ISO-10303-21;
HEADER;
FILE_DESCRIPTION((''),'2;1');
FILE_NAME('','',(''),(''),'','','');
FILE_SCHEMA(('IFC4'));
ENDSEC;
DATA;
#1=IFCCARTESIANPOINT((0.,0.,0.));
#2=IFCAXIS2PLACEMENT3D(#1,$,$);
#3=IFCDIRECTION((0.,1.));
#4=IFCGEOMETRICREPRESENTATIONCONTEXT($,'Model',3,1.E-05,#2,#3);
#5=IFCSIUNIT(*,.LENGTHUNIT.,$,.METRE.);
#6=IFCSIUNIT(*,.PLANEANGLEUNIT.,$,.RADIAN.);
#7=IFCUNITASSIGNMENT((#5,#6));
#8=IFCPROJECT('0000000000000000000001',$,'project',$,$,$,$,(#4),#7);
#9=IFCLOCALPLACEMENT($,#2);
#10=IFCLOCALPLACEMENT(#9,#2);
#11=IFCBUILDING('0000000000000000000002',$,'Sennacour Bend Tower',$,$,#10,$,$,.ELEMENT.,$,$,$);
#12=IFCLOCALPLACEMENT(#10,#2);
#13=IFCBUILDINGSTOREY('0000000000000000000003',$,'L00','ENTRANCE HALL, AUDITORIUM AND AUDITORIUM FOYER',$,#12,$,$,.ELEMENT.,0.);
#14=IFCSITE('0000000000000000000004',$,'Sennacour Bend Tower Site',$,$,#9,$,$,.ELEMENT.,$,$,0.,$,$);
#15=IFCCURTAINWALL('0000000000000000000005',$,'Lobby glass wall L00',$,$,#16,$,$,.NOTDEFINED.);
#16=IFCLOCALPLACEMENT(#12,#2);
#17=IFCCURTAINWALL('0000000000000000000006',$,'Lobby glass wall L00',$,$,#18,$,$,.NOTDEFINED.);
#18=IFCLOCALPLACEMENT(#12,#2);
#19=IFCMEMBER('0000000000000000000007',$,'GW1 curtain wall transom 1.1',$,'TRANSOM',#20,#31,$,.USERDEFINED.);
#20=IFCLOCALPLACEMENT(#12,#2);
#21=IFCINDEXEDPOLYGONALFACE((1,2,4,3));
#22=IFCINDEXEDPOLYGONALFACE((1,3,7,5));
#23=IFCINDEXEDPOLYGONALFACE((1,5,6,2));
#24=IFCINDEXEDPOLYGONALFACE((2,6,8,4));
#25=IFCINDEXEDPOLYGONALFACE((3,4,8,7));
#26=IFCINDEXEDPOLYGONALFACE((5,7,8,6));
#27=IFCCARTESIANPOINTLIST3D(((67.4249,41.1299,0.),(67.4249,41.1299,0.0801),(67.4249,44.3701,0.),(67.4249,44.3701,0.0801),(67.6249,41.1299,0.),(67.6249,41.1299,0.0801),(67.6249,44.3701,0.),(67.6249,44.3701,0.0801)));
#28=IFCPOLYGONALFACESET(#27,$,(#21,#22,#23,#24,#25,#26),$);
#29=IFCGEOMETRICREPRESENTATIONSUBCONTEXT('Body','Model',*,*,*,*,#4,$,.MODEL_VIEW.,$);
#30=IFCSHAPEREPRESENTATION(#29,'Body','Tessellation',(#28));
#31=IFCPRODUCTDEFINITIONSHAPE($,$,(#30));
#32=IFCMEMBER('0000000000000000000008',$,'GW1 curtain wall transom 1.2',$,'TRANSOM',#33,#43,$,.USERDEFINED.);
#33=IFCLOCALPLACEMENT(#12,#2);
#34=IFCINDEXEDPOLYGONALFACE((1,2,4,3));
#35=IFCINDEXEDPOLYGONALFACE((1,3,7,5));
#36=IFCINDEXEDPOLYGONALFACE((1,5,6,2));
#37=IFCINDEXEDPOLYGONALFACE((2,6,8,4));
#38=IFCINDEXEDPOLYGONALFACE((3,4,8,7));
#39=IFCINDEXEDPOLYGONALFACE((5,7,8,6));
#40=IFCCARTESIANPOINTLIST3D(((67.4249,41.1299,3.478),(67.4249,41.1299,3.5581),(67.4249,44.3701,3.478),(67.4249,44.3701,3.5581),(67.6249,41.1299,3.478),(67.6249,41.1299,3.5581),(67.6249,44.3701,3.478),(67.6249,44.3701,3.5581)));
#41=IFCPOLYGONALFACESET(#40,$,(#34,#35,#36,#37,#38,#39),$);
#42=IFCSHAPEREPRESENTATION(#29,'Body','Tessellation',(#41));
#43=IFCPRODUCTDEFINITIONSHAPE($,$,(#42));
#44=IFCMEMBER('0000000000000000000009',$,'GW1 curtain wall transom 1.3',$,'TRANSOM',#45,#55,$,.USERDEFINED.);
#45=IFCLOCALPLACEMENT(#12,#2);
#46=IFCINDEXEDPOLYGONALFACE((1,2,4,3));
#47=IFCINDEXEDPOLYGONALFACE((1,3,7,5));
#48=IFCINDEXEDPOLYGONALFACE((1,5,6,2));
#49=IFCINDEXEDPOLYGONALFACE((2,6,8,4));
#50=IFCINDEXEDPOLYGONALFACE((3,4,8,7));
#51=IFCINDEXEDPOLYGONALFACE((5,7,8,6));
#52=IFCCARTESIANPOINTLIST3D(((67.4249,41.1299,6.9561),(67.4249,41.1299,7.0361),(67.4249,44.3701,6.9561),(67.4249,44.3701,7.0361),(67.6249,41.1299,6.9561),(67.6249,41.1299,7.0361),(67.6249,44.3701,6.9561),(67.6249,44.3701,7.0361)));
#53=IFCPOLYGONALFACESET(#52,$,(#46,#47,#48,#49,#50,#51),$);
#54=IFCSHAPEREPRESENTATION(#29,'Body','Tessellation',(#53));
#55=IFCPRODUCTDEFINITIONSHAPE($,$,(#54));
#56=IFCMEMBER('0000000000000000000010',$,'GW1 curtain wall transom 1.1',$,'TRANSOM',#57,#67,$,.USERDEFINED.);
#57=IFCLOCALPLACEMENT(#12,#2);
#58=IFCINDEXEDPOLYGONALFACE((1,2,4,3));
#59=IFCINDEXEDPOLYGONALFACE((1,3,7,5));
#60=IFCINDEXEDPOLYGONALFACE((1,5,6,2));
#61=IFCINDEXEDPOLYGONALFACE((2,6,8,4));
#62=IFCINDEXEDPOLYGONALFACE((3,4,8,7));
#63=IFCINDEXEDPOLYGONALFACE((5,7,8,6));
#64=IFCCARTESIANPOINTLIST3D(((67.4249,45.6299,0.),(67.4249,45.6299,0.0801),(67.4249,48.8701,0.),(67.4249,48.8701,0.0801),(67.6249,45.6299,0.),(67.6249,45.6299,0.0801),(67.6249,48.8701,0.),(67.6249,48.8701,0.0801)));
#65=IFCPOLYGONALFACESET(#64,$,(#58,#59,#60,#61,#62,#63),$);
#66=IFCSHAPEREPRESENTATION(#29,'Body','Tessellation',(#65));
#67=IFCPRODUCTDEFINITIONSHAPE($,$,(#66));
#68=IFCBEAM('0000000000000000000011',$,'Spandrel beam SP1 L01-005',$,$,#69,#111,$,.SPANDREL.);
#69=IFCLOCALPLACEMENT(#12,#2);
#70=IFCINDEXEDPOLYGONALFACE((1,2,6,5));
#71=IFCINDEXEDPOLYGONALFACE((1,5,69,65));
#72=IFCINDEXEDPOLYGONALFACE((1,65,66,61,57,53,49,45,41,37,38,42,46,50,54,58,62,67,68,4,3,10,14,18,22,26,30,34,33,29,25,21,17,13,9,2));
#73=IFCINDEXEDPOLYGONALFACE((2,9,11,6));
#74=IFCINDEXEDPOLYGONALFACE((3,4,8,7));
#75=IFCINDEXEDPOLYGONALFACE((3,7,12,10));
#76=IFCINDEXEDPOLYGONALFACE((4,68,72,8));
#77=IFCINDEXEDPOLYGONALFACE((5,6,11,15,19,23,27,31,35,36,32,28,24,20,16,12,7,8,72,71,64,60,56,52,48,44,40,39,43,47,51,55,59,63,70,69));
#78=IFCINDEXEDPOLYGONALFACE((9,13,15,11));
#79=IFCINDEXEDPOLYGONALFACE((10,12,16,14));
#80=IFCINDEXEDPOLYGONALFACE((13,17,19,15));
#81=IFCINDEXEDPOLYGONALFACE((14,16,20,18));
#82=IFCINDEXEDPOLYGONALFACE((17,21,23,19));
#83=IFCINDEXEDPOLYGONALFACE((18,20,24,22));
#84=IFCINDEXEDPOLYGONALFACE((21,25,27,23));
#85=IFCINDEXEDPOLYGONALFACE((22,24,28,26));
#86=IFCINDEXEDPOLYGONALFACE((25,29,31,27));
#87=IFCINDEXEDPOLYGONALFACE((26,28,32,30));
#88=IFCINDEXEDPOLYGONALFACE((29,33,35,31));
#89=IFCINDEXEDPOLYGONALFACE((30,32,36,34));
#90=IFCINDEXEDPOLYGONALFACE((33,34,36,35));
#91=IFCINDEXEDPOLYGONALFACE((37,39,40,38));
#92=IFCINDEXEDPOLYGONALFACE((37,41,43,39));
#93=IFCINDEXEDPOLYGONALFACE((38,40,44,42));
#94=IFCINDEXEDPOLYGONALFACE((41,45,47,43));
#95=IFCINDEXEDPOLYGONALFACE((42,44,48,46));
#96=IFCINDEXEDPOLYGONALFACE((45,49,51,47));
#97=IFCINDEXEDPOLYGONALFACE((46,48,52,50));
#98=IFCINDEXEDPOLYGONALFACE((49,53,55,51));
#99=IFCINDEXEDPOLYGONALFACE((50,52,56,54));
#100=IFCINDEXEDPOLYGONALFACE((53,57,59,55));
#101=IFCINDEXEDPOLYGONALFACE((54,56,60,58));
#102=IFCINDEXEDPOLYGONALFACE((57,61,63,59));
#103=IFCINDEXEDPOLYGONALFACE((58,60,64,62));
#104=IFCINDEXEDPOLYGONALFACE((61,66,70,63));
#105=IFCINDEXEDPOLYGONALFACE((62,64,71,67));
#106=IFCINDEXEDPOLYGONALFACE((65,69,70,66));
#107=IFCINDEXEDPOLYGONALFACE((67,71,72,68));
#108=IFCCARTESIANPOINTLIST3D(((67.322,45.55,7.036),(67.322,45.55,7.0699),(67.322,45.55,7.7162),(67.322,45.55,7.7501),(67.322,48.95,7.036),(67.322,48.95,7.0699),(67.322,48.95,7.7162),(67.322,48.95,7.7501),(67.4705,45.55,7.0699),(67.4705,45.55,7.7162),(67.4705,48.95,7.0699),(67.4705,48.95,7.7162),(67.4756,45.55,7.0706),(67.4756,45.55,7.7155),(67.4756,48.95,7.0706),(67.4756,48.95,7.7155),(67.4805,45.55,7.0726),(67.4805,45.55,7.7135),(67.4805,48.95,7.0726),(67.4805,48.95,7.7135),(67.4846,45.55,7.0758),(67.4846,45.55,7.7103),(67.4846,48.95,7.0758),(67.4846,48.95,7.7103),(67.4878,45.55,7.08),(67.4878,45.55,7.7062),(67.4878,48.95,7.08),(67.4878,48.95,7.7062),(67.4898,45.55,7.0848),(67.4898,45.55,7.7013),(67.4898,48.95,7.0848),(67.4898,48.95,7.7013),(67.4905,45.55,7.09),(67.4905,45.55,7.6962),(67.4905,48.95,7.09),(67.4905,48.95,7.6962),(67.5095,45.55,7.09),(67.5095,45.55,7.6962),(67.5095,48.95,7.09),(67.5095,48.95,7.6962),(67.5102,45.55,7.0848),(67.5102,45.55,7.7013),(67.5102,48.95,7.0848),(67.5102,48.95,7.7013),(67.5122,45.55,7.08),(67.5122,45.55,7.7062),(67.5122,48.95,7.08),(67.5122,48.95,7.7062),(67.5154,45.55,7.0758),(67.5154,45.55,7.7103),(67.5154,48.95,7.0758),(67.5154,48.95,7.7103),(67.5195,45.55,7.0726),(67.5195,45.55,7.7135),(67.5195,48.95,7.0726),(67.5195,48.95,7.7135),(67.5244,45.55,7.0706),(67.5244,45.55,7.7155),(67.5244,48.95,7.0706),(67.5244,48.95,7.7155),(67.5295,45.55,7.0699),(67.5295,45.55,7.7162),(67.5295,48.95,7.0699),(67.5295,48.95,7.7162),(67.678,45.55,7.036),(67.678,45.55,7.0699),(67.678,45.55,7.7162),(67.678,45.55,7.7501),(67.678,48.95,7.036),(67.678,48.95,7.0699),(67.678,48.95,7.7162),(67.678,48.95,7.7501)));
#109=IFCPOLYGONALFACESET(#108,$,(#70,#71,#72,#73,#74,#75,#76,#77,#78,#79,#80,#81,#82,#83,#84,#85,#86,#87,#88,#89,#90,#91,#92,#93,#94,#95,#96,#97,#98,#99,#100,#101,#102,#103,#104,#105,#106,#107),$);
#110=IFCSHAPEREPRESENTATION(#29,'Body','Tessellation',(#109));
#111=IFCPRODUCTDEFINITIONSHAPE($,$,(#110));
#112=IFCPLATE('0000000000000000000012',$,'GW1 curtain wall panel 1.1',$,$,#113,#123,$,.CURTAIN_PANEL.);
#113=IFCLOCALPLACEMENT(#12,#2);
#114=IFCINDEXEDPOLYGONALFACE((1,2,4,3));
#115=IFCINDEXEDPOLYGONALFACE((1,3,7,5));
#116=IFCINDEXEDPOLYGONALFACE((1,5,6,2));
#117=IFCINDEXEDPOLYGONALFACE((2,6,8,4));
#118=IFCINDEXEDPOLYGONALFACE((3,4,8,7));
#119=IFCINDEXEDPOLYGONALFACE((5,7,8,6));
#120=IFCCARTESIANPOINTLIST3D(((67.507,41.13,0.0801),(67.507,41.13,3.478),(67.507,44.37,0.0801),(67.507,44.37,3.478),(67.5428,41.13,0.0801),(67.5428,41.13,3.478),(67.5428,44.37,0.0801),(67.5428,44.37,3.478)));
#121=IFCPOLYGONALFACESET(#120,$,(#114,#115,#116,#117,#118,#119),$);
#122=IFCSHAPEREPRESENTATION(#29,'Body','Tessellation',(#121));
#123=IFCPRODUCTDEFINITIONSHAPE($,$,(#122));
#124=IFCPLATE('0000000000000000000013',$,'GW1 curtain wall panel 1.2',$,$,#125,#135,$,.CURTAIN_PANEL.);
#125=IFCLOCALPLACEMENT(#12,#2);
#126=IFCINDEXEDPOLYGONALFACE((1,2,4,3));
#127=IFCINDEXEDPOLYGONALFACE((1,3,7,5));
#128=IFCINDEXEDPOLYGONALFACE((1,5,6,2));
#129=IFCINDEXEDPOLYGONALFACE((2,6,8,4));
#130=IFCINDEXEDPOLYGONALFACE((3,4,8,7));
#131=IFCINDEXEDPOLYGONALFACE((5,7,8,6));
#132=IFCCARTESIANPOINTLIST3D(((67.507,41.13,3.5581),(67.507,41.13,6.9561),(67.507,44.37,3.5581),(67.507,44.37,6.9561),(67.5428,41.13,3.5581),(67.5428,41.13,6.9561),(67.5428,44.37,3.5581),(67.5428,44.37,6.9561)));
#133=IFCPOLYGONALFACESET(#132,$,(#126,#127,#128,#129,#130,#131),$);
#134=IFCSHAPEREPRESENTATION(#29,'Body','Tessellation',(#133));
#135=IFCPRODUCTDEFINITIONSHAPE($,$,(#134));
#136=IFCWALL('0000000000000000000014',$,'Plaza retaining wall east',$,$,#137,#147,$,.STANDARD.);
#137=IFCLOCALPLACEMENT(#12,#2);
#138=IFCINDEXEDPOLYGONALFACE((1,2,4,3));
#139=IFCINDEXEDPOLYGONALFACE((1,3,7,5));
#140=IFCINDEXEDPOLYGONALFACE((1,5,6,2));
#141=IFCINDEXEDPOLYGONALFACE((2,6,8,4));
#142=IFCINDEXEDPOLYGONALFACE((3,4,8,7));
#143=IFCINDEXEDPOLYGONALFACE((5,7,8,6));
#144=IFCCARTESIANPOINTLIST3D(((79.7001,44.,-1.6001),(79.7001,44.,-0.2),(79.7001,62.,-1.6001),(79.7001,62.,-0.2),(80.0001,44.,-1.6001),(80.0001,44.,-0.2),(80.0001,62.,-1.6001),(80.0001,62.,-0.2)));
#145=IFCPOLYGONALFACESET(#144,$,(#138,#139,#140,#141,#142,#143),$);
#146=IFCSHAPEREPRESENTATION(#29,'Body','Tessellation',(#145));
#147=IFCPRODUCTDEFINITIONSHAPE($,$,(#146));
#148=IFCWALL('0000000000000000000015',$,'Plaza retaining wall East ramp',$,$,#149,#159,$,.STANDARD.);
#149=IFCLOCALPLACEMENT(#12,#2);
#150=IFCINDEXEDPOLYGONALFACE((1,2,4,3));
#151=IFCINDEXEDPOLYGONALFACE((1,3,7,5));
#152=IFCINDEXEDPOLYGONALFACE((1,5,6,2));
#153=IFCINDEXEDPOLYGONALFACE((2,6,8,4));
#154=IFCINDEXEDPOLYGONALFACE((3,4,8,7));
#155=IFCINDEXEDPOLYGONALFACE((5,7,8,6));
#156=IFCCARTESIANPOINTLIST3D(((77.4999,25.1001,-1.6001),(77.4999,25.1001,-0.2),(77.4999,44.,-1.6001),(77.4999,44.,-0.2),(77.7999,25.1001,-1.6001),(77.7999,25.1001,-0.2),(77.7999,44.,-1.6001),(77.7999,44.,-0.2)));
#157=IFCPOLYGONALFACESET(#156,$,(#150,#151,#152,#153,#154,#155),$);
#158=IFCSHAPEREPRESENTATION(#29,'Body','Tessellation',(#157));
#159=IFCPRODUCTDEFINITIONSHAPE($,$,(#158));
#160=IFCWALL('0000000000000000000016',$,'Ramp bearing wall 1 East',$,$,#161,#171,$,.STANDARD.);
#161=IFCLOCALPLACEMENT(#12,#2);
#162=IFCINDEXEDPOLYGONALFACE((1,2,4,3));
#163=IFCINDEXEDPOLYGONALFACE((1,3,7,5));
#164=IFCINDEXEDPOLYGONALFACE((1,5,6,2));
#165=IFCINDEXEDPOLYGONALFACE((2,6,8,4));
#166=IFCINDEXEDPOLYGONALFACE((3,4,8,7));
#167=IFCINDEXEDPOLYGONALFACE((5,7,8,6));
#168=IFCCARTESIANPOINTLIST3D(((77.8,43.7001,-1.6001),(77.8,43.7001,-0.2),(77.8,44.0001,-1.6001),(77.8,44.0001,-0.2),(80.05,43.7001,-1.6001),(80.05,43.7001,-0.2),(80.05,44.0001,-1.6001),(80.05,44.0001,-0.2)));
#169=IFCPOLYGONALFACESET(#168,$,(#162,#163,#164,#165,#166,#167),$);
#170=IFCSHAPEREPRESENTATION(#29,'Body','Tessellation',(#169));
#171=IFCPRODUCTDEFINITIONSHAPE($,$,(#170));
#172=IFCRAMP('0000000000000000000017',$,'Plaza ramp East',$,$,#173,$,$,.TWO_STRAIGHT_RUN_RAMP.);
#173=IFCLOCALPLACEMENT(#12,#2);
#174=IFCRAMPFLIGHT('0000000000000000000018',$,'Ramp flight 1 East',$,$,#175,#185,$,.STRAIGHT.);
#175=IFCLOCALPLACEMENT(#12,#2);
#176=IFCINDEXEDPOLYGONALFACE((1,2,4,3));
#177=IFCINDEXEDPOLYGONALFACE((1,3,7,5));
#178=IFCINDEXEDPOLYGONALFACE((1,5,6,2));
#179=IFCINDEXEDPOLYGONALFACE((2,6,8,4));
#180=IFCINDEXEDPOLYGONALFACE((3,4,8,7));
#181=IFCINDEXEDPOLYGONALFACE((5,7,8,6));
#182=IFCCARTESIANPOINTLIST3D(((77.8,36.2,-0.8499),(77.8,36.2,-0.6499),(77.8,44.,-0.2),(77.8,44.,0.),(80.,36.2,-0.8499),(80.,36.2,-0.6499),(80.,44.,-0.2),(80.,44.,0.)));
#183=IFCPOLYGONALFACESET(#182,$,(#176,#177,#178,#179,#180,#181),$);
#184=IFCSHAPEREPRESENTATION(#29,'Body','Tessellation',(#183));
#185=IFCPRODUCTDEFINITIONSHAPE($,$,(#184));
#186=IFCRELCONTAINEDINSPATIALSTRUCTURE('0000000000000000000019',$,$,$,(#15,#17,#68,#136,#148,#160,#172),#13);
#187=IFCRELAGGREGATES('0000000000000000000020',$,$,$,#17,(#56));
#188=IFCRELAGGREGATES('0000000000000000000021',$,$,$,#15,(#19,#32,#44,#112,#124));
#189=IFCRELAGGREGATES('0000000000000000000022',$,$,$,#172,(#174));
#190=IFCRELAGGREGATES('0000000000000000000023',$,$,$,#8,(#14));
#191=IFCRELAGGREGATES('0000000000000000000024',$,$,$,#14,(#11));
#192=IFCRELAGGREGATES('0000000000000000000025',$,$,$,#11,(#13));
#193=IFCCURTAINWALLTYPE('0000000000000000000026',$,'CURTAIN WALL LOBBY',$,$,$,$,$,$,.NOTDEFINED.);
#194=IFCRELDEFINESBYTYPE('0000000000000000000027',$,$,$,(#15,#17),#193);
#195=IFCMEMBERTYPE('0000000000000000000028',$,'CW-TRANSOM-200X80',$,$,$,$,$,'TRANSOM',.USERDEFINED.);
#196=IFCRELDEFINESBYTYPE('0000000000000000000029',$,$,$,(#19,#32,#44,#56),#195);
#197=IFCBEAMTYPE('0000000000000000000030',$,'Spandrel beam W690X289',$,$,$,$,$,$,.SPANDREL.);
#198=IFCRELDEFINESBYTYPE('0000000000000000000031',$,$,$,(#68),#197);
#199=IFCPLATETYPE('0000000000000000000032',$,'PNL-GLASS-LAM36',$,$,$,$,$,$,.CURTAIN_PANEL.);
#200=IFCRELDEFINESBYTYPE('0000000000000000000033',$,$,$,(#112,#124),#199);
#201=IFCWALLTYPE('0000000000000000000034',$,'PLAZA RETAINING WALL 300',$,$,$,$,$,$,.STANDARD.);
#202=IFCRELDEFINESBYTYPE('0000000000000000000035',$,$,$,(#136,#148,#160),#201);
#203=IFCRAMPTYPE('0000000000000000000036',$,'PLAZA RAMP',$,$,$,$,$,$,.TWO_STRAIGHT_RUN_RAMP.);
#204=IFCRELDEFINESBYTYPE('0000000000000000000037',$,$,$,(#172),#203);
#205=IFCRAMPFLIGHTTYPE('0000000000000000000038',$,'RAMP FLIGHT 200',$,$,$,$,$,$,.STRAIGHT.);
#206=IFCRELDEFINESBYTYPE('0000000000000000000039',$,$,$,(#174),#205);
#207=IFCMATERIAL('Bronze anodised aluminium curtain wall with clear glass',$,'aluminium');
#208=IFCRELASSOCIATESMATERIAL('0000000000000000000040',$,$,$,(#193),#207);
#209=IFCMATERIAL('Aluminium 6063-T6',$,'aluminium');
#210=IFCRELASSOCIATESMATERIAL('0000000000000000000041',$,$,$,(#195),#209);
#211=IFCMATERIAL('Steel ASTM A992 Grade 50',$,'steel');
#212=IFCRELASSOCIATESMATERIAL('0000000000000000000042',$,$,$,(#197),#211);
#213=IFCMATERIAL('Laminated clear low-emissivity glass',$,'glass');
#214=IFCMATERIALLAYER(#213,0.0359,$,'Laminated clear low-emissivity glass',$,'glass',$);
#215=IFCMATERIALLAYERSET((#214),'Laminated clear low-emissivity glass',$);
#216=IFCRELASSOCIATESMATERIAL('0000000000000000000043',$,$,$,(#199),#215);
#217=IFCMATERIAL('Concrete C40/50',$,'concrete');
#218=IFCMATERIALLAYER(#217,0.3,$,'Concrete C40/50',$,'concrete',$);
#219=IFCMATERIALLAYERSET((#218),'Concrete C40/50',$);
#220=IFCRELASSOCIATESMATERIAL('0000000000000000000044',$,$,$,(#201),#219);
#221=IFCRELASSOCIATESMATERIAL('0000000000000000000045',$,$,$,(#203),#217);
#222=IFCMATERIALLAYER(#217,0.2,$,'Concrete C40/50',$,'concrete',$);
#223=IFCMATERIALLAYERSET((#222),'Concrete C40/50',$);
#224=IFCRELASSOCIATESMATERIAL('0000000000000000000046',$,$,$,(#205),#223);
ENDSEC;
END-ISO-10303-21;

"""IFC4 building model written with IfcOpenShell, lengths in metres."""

from ifc_helpers import new_model, si_unit, direction, frame, frame_2d, origin, origin_2d, place, context, subcontext, project, spatial, polyline, rectangle, i_section, outline, extrude, material, layer, layer_set, material_profile, profile_set, type_object, element, aggregate, save


model = new_model("IFC4")

# Units and contexts
model_context = context("Model", 3, precision=1e-05, world=origin(), true_north=direction((0.0, 1.0)))
body_context = subcontext(model_context, "Body", "Model", "MODEL_VIEW")
ifc_project = project(units=[si_unit("LENGTHUNIT", "METRE"), si_unit("PLANEANGLEUNIT", "RADIAN")], contexts=[model_context])

# Site, building, storey
site_placement = place(None, origin())
site = spatial("IfcSite", under=ifc_project, at=site_placement, Name="Sennacour Bend Tower Site", CompositionType="ELEMENT", RefElevation=0.0)
building_placement = place(site_placement, origin())
building = spatial("IfcBuilding", under=site, at=building_placement, Name="Sennacour Bend Tower", CompositionType="ELEMENT")
storey_placement = place(building_placement, origin())
storey = spatial("IfcBuildingStorey", under=building, at=storey_placement, Name="L00", Description="ENTRANCE HALL, AUDITORIUM AND AUDITORIUM FOYER", CompositionType="ELEMENT", Elevation=0.0)

# Curtain wall
ifc_material_1 = material(Name="Bronze anodised aluminium curtain wall with clear glass", Category="aluminium")
curtain_wall_type = type_object("IfcCurtainWallType", Name="CURTAIN WALL LOBBY", PredefinedType="NOTDEFINED", material=ifc_material_1)
curtain_wall_1_placement = place(storey_placement, origin())
curtain_wall_1 = element("IfcCurtainWall", 1, at=curtain_wall_1_placement, inside=storey, type_object=curtain_wall_type, Name="Lobby glass wall L00", PredefinedType="NOTDEFINED")
ifc_material_2 = material(Name="Aluminium 6063-T6", Category="aluminium")

# Curtain wall
curtain_wall_2_placement = place(storey_placement, origin())
curtain_wall_2 = element("IfcCurtainWall", 2, at=curtain_wall_2_placement, inside=storey, type_object=curtain_wall_type, Name="Lobby glass wall L00", PredefinedType="NOTDEFINED")

# Members
ifc_material_profile_1 = material_profile(ifc_material_2, rectangle(XDim=0.2, YDim=0.0801, at=origin_2d()), Name="Aluminium 6063-T6", Category="aluminium")
ifc_profile_set_1 = profile_set([ifc_material_profile_1], Name="Aluminium 6063-T6")
member_type_1 = type_object("IfcMemberType", Name="CW-TRANSOM-200X80", ElementType="TRANSOM", PredefinedType="USERDEFINED", material=ifc_profile_set_1)
member_1_placement = place(storey_placement, frame((67.5249, 41.1299, 0.04), z_axis=(0.0, 1.0, 0.0), x_axis=(-1.0, 0.0, 0.0)))
member_1 = element("IfcMember", 3, at=member_1_placement, type_object=member_type_1, Name="GW1 curtain wall transom 1.1", ObjectType="TRANSOM", PredefinedType="USERDEFINED", context=body_context, shape_type="SweptSolid", body=[
    extrude(rectangle(XDim=0.2, YDim=0.0801, at=origin_2d()), origin(), (0.0, 0.0, 1.0), 3.2402),
])
member_2_placement = place(storey_placement, frame((67.5249, 41.1299, 3.5181), z_axis=(0.0, 1.0, 0.0), x_axis=(-1.0, 0.0, 0.0)))
member_2 = element("IfcMember", 4, at=member_2_placement, type_object=member_type_1, Name="GW1 curtain wall transom 1.2", ObjectType="TRANSOM", PredefinedType="USERDEFINED", context=body_context, shape_type="SweptSolid", body=[
    extrude(rectangle(XDim=0.2, YDim=0.0801, at=origin_2d()), origin(), (0.0, 0.0, 1.0), 3.2402),
])
member_3_placement = place(storey_placement, frame((67.5249, 41.1299, 6.9961), z_axis=(0.0, 1.0, 0.0), x_axis=(-1.0, 0.0, 0.0)))
member_3 = element("IfcMember", 5, at=member_3_placement, type_object=member_type_1, Name="GW1 curtain wall transom 1.3", ObjectType="TRANSOM", PredefinedType="USERDEFINED", context=body_context, shape_type="SweptSolid", body=[
    extrude(rectangle(XDim=0.2, YDim=0.0801, at=origin_2d()), origin(), (0.0, 0.0, 1.0), 3.2402),
])
member_4_placement = place(storey_placement, frame((67.5249, 45.6299, 0.04), z_axis=(0.0, 1.0, 0.0), x_axis=(-1.0, 0.0, 0.0)))
member_4 = element("IfcMember", 6, at=member_4_placement, type_object=member_type_1, Name="GW1 curtain wall transom 1.1", ObjectType="TRANSOM", PredefinedType="USERDEFINED", context=body_context, shape_type="SweptSolid", body=[
    extrude(rectangle(XDim=0.2, YDim=0.0801, at=origin_2d()), origin(), (0.0, 0.0, 1.0), 3.2402),
])
aggregate(curtain_wall_2, [member_4])

# Beam
ifc_material_3 = material(Name="Steel ASTM A992 Grade 50", Category="steel")
ifc_material_profile_2 = material_profile(ifc_material_3, i_section(OverallWidth=0.356, OverallDepth=0.7141, WebThickness=0.019, FlangeThickness=0.0339, FilletRadius=0.02, at=origin_2d()), Name="Steel ASTM A992 Grade 50", Category="steel")
ifc_profile_set_2 = profile_set([ifc_material_profile_2], Name="Steel ASTM A992 Grade 50")
beam_type = type_object("IfcBeamType", Name="Spandrel beam W690X289", PredefinedType="SPANDREL", material=ifc_profile_set_2)
beam_placement = place(storey_placement, frame((67.5, 45.55, 7.3931), z_axis=(0.0, 1.0, 0.0), x_axis=(-1.0, 0.0, 0.0)))
element("IfcBeam", 7, at=beam_placement, inside=storey, type_object=beam_type, Name="Spandrel beam SP1 L01-005", PredefinedType="SPANDREL", context=body_context, shape_type="SweptSolid", body=[
    extrude(i_section(OverallWidth=0.356, OverallDepth=0.7141, WebThickness=0.019, FlangeThickness=0.0339, FilletRadius=0.02, at=origin_2d()), origin(), (0.0, 0.0, 1.0), 3.3999),
])

# Plates
ifc_material_4 = material(Name="Laminated clear low-emissivity glass", Category="glass")
ifc_layer_1 = layer(ifc_material_4, 0.0359, Name="Laminated clear low-emissivity glass", Category="glass")
ifc_layer_set_1 = layer_set([ifc_layer_1], Name="Laminated clear low-emissivity glass")
plate_type = type_object("IfcPlateType", Name="PNL-GLASS-LAM36", PredefinedType="CURTAIN_PANEL", material=ifc_layer_set_1)
plate_1_placement = place(storey_placement, frame((67.5249, 42.75, 0.0801), z_axis=(0.0, 0.0, 1.0), x_axis=(0.0, 1.0, 0.0)))
plate_1 = element("IfcPlate", 8, at=plate_1_placement, type_object=plate_type, Name="GW1 curtain wall panel 1.1", PredefinedType="CURTAIN_PANEL", context=body_context, shape_type="SweptSolid", body=[
    extrude(rectangle(XDim=3.24, YDim=0.0359, at=origin_2d()), origin(), (0.0, 0.0, 1.0), 3.3979),
])
plate_2_placement = place(storey_placement, frame((67.5249, 42.75, 3.5581), z_axis=(0.0, 0.0, 1.0), x_axis=(0.0, 1.0, 0.0)))
plate_2 = element("IfcPlate", 9, at=plate_2_placement, type_object=plate_type, Name="GW1 curtain wall panel 1.2", PredefinedType="CURTAIN_PANEL", context=body_context, shape_type="SweptSolid", body=[
    extrude(rectangle(XDim=3.24, YDim=0.0359, at=origin_2d()), origin(), (0.0, 0.0, 1.0), 3.3979),
])
aggregate(curtain_wall_1, [member_1, member_2, member_3, plate_1, plate_2])

# Walls
ifc_material_5 = material(Name="Concrete C40/50", Category="concrete")
ifc_layer_2 = layer(ifc_material_5, 0.3, Name="Concrete C40/50", Category="concrete")
ifc_layer_set_2 = layer_set([ifc_layer_2], Name="Concrete C40/50")
wall_type = type_object("IfcWallType", Name="PLAZA RETAINING WALL 300", PredefinedType="STANDARD", material=ifc_layer_set_2)
wall_1_placement = place(storey_placement, frame((79.8501, 44.0, -1.6001), z_axis=(0.0, 0.0, 1.0), x_axis=(0.0, 1.0, 0.0)))
element("IfcWall", 10, at=wall_1_placement, inside=storey, type_object=wall_type, Name="Plaza retaining wall east", PredefinedType="STANDARD", context=body_context, shape_type="SweptSolid", body=[
    extrude(rectangle(XDim=18.0, YDim=0.3, at=frame_2d((9.0, 0.0))), origin(), (0.0, 0.0, 1.0), 1.4001),
])
wall_2_placement = place(storey_placement, frame((77.6499, 44.0, -1.6001), z_axis=(0.0, 0.0, 1.0), x_axis=(0.0, -1.0, 0.0)))
element("IfcWall", 11, at=wall_2_placement, inside=storey, type_object=wall_type, Name="Plaza retaining wall East ramp", PredefinedType="STANDARD", context=body_context, shape_type="SweptSolid", body=[
    extrude(rectangle(XDim=18.8999, YDim=0.3, at=frame_2d((9.45, 0.0))), origin(), (0.0, 0.0, 1.0), 1.4001),
])
wall_3_placement = place(storey_placement, frame((77.8, 43.8501, -1.6001), z_axis=(0.0, 0.0, 1.0), x_axis=(1.0, 0.0, 0.0)))
element("IfcWall", 12, at=wall_3_placement, inside=storey, type_object=wall_type, Name="Ramp bearing wall 1 East", PredefinedType="STANDARD", context=body_context, shape_type="SweptSolid", body=[
    extrude(rectangle(XDim=2.25, YDim=0.3, at=frame_2d((1.125, 0.0))), origin(), (0.0, 0.0, 1.0), 1.4001),
])

# Ramp, ramp flight
ramp_type = type_object("IfcRampType", Name="PLAZA RAMP", PredefinedType="TWO_STRAIGHT_RUN_RAMP", material=ifc_material_5)
ramp_placement = place(storey_placement, origin())
ramp = element("IfcRamp", 13, at=ramp_placement, inside=storey, type_object=ramp_type, Name="Plaza ramp East", PredefinedType="TWO_STRAIGHT_RUN_RAMP")
ifc_layer_3 = layer(ifc_material_5, 0.2, Name="Concrete C40/50", Category="concrete")
ifc_layer_set_3 = layer_set([ifc_layer_3], Name="Concrete C40/50")
ramp_flight_type = type_object("IfcRampFlightType", Name="RAMP FLIGHT 200", PredefinedType="STRAIGHT", material=ifc_layer_set_3)
ramp_flight_placement = place(storey_placement, frame((77.8, 44.0, 0.0), z_axis=(0.0, -0.083033, 0.996547), x_axis=(1.0, 0.0, 0.0)))
ramp_flight = element("IfcRampFlight", 14, at=ramp_flight_placement, type_object=ramp_flight_type, Name="Ramp flight 1 East", PredefinedType="STRAIGHT", context=body_context, shape_type="SweptSolid", body=[
    extrude(outline(polyline([(0.0, 0.0), (2.2, 0.0), (2.2, -7.8271), (0.0, -7.8271), (0.0, 0.0)])), origin(), (0.0, -0.083033, -0.996547), 0.2),
])
aggregate(ramp, [ramp_flight])

save(model, "model.ifc")
